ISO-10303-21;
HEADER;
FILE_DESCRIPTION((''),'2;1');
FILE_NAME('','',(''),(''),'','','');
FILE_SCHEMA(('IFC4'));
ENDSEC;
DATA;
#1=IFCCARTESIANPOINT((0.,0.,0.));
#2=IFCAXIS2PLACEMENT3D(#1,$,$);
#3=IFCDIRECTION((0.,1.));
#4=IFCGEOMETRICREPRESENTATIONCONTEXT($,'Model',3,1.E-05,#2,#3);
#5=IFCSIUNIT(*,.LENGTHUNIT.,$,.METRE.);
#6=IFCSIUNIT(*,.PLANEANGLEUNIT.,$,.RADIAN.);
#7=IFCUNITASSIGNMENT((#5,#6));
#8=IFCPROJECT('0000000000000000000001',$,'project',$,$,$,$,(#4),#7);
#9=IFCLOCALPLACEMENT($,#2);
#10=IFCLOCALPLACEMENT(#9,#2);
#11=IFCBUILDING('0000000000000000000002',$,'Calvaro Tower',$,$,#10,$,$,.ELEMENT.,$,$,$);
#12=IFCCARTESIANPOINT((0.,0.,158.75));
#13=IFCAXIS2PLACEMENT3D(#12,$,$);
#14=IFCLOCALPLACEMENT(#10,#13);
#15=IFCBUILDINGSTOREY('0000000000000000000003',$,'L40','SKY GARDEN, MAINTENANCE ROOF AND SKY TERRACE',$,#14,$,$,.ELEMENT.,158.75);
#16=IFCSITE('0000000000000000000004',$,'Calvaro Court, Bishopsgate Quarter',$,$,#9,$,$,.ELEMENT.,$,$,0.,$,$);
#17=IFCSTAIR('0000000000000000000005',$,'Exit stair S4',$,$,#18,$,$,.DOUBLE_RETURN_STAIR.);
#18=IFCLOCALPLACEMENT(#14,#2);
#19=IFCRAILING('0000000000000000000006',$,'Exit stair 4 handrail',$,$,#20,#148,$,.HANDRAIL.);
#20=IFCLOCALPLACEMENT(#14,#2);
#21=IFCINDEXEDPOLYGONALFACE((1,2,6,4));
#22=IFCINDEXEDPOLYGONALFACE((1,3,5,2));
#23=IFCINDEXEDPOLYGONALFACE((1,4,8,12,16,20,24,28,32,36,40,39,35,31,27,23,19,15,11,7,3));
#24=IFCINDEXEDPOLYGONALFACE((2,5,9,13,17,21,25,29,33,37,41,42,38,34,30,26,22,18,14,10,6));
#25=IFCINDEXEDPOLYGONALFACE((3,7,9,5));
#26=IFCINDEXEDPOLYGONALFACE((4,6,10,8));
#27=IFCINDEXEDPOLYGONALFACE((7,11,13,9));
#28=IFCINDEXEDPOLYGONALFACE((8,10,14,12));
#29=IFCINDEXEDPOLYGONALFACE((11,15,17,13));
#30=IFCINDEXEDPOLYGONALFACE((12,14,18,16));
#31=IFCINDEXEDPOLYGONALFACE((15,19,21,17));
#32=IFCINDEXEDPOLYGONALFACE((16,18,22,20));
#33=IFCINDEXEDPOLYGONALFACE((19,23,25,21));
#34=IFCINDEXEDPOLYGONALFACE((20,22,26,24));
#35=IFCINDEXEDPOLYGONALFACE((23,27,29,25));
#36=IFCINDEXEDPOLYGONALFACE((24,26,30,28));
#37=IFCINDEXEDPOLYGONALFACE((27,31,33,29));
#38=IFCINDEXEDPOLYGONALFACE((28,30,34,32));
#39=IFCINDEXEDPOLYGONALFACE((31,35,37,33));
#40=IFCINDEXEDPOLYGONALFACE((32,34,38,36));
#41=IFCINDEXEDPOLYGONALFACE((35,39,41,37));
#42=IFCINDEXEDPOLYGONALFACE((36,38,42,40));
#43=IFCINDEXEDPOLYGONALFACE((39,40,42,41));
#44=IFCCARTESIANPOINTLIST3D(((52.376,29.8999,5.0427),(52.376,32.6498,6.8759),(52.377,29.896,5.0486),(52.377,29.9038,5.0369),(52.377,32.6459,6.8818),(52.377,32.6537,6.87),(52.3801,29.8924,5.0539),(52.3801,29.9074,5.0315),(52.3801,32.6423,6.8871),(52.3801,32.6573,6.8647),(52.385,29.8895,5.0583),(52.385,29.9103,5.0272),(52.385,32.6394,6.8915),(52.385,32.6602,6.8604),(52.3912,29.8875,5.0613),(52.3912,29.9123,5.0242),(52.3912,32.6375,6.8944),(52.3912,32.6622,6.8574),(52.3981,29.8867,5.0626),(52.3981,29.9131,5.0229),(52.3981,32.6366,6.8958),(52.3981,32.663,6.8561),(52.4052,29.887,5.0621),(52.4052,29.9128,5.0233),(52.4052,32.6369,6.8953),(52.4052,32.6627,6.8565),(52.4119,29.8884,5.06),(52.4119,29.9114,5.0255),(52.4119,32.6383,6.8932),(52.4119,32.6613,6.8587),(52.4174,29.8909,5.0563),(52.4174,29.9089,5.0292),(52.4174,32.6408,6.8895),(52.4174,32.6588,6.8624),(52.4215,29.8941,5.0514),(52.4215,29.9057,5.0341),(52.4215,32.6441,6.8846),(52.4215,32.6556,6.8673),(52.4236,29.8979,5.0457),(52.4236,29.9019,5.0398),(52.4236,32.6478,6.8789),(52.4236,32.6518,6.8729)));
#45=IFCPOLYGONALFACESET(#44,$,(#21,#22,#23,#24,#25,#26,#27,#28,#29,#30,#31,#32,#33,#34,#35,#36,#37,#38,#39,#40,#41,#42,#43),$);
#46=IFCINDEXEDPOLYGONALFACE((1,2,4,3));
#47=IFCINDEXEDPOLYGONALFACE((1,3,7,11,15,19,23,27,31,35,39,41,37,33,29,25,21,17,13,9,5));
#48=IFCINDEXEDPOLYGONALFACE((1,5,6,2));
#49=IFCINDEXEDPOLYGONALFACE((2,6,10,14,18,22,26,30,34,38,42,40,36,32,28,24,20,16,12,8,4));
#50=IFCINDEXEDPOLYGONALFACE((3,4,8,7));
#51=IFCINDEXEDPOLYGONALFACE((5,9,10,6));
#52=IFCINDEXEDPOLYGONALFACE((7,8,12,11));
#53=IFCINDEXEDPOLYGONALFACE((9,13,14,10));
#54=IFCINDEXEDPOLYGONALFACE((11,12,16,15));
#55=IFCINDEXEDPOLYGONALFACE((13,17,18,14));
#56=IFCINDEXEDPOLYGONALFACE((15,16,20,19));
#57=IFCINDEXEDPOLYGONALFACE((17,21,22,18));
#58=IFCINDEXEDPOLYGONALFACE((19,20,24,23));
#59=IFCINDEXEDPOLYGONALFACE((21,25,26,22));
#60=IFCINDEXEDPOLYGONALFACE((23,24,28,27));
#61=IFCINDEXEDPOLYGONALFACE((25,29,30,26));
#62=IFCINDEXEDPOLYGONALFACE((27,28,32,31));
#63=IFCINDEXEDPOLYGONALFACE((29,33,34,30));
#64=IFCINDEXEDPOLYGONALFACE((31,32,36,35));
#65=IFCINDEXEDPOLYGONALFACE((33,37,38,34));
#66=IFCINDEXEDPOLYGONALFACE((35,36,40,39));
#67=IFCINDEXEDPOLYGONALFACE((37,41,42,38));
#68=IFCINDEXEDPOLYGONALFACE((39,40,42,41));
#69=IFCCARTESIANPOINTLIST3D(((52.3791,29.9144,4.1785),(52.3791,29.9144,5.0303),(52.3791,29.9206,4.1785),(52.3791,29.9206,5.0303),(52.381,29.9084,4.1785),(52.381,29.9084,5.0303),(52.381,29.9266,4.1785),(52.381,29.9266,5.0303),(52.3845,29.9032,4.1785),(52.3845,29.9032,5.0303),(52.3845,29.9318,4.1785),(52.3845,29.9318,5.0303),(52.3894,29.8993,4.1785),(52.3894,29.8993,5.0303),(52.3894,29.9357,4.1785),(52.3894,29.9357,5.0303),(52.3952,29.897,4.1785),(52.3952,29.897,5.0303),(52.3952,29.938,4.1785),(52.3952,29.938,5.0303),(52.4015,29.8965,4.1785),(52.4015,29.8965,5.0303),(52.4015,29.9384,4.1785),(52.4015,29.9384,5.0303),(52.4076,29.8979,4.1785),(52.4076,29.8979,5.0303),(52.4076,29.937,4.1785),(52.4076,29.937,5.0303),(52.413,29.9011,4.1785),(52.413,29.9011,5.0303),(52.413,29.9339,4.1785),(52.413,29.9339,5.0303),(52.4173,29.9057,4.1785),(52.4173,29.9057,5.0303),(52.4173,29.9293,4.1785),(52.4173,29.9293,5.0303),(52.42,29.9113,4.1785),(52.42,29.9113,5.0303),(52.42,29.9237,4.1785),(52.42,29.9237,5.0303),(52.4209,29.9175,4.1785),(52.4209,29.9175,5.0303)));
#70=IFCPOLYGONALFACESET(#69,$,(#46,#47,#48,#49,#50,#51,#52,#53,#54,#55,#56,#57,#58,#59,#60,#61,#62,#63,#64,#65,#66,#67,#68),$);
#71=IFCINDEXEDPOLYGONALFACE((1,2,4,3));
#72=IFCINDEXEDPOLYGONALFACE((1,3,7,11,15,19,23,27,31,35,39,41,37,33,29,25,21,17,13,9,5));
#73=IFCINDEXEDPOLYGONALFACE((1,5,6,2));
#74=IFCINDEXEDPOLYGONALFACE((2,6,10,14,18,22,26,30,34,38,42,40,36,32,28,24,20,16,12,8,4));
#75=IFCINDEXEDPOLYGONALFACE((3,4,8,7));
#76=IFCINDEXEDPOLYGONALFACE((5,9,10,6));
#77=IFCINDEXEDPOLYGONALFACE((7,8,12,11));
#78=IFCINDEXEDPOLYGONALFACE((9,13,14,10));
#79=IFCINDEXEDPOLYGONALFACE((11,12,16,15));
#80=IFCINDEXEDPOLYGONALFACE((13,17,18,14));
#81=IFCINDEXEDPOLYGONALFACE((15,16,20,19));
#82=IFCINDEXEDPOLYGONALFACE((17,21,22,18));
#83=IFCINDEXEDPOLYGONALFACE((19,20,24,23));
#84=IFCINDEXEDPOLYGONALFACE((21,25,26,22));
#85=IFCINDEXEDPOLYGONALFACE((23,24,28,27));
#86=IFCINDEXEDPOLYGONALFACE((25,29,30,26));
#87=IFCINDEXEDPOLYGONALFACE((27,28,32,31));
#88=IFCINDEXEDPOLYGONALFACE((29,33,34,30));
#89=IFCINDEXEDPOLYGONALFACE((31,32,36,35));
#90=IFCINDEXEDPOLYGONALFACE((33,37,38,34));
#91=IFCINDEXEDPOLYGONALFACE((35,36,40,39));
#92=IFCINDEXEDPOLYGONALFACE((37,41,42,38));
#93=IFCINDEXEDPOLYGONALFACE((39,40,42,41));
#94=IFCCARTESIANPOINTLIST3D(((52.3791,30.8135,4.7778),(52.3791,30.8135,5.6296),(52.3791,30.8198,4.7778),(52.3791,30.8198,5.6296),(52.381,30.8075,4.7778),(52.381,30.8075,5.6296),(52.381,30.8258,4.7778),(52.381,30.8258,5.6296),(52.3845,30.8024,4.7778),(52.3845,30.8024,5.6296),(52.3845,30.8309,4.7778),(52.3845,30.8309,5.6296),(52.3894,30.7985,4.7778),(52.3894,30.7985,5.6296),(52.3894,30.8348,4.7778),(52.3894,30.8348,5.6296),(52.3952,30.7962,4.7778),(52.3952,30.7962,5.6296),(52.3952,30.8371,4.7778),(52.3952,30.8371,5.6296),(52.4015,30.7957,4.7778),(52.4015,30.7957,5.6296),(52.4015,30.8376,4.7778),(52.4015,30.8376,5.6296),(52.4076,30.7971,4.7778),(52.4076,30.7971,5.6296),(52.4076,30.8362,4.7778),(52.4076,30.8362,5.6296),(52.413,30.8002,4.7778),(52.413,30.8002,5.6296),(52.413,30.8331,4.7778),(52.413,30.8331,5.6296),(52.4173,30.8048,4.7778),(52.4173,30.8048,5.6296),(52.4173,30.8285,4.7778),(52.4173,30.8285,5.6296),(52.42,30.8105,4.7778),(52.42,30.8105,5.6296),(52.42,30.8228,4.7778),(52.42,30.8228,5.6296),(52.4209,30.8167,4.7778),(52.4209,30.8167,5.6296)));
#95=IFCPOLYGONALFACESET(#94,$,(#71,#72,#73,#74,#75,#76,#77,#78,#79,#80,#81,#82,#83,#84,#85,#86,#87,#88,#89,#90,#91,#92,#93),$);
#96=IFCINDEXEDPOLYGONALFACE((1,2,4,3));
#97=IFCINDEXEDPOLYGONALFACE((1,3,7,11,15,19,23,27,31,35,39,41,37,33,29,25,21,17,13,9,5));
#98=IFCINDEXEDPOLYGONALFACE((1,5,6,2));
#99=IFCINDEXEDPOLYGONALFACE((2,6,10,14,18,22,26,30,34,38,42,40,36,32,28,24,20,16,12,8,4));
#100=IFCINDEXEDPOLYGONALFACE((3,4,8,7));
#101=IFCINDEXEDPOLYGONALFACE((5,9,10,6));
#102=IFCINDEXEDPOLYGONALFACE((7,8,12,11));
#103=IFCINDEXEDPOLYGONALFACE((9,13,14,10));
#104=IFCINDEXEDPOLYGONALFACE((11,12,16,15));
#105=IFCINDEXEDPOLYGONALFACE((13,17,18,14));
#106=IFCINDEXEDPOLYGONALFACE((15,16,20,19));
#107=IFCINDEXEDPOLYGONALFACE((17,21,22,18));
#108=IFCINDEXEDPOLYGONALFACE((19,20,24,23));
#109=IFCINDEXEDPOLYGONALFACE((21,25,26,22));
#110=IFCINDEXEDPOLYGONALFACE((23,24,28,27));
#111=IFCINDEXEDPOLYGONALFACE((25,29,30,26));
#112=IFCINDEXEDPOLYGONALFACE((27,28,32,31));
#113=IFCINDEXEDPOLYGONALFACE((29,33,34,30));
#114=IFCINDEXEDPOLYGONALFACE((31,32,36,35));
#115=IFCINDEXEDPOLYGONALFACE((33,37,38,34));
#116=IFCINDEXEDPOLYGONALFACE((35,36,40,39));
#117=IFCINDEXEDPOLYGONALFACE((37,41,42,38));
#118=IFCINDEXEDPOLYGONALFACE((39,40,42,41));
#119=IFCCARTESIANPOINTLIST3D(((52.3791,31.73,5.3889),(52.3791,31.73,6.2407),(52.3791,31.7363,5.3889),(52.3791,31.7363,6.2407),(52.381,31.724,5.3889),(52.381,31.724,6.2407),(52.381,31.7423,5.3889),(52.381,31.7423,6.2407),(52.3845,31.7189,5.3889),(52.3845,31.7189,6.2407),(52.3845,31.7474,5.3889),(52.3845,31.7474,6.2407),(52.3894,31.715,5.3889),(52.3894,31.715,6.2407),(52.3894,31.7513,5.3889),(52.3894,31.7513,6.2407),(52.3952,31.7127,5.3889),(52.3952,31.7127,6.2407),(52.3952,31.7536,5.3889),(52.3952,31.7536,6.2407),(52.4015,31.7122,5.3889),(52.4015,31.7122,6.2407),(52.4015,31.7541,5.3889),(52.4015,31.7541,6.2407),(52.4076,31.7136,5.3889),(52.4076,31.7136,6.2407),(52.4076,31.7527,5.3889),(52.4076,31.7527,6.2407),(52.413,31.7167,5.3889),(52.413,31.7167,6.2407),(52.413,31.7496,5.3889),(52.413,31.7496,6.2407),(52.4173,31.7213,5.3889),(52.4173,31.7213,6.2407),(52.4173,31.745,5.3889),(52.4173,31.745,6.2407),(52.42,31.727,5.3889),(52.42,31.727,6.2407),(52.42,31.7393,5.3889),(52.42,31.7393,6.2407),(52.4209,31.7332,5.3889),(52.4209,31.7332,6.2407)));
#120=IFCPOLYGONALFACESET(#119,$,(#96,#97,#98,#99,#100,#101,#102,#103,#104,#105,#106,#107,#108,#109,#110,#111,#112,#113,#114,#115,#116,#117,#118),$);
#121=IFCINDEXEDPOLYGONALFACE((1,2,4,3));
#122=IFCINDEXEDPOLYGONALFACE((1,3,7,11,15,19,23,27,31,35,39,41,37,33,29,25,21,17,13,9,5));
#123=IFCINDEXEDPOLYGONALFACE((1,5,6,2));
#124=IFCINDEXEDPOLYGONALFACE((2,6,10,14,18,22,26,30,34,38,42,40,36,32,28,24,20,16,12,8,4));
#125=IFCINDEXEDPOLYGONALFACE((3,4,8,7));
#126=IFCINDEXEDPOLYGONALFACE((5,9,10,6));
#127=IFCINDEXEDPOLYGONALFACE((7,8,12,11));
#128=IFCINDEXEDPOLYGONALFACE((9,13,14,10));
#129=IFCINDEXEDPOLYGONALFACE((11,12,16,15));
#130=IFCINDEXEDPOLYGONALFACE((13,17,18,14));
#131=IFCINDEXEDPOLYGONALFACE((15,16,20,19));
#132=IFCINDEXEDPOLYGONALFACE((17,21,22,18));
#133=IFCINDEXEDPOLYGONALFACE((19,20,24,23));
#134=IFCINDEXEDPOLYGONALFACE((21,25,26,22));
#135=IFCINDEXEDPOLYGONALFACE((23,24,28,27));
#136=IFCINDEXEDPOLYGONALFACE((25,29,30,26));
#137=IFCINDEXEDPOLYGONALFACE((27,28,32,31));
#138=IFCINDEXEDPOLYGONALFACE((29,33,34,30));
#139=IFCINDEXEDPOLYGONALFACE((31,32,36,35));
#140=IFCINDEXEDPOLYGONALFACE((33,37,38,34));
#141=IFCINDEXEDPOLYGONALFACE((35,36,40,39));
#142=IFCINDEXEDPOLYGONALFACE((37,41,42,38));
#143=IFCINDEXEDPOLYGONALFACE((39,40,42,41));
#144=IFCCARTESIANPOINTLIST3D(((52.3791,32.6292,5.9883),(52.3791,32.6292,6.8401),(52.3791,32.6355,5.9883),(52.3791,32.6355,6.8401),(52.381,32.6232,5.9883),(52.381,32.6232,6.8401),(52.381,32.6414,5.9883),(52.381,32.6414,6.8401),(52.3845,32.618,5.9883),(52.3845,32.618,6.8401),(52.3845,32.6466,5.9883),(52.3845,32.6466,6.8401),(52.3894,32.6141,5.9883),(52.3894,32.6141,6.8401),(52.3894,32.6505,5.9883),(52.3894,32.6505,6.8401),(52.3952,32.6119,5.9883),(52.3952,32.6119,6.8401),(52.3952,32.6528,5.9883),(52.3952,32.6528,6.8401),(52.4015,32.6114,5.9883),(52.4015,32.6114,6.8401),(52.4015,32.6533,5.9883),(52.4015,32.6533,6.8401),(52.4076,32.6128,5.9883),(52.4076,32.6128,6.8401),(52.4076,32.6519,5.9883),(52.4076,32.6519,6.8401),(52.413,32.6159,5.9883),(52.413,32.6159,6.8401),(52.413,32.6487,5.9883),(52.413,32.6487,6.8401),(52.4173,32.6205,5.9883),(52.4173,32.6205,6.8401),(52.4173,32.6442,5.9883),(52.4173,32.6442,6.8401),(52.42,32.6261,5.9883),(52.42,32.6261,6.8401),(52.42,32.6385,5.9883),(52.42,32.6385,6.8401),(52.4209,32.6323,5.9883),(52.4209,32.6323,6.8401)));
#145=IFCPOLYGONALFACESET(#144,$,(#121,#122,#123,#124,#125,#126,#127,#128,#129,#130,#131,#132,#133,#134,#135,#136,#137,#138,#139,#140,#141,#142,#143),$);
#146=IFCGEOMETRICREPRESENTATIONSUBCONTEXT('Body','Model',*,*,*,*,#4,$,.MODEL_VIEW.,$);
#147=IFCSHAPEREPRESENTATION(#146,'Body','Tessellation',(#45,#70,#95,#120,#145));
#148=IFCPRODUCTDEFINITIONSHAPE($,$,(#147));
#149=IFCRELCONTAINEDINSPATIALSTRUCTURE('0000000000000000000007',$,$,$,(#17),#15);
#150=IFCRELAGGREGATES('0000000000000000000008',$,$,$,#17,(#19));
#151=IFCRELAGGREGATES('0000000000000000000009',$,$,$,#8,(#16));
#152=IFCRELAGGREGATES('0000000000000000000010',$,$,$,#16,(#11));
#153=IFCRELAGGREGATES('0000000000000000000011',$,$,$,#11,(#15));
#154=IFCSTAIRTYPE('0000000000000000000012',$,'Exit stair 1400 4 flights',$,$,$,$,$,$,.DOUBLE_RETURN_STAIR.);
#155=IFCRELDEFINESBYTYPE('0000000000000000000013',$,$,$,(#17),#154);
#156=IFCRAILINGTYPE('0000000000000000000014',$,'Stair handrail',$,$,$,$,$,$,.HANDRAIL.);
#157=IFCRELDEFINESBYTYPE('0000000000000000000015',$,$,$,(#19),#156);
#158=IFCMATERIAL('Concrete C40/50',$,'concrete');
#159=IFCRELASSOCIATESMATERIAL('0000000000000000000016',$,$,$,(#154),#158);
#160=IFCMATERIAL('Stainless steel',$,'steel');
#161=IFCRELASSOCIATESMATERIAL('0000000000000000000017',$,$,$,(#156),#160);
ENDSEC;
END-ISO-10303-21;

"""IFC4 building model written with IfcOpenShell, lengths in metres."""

from ifc_helpers import new_model, si_unit, direction, frame, origin, origin_2d, place, context, subcontext, project, spatial, circle, extrude, material, type_object, element, aggregate, save


model = new_model("IFC4")

# Units and contexts
model_context = context("Model", 3, precision=1e-05, world=origin(), true_north=direction((0.0, 1.0)))
body_context = subcontext(model_context, "Body", "Model", "MODEL_VIEW")
ifc_project = project(units=[si_unit("LENGTHUNIT", "METRE"), si_unit("PLANEANGLEUNIT", "RADIAN")], contexts=[model_context])

# Site, building, storey
site_placement = place(None, origin())
site = spatial("IfcSite", under=ifc_project, at=site_placement, Name="Calvaro Court, Bishopsgate Quarter", CompositionType="ELEMENT", RefElevation=0.0)
building_placement = place(site_placement, origin())
building = spatial("IfcBuilding", under=site, at=building_placement, Name="Calvaro Tower", CompositionType="ELEMENT")
storey_placement = place(building_placement, frame((0.0, 0.0, 158.75)))
storey = spatial("IfcBuildingStorey", under=building, at=storey_placement, Name="L40", Description="SKY GARDEN, MAINTENANCE ROOF AND SKY TERRACE", CompositionType="ELEMENT", Elevation=158.75)

# Stair, railing
ifc_material_1 = material(Name="Concrete C40/50", Category="concrete")
stair_type = type_object("IfcStairType", Name="Exit stair 1400 4 flights", PredefinedType="DOUBLE_RETURN_STAIR", material=ifc_material_1)
stair_placement = place(storey_placement, origin())
stair = element("IfcStair", 1, at=stair_placement, inside=storey, type_object=stair_type, Name="Exit stair S4", PredefinedType="DOUBLE_RETURN_STAIR")
ifc_material_2 = material(Name="Stainless steel", Category="steel")
railing_type = type_object("IfcRailingType", Name="Stair handrail", PredefinedType="HANDRAIL", material=ifc_material_2)
railing_1_placement = place(storey_placement, frame((52.3999, 29.8999, 4.1667)))
railing_1 = element("IfcRailing", 2, at=railing_1_placement, type_object=railing_type, Name="Exit stair 4 handrail", PredefinedType="HANDRAIL", context=body_context, shape_type="SweptSolid", body=[
    extrude(circle(Radius=0.0239, at=origin_2d()), frame((0.0, 0.0, 0.876), z_axis=(0.0, 0.832062, 0.554683), x_axis=(-1.0, 0.0, 0.0)), (0.0, 0.0, 1.0), 3.3049),
    extrude(circle(Radius=0.021, at=origin_2d()), frame((0.0, 0.0176, 0.0117)), (0.0, 0.0, 1.0), 0.8518),
    extrude(circle(Radius=0.021, at=origin_2d()), frame((0.0, 0.9167, 0.6111)), (0.0, 0.0, 1.0), 0.8518),
    extrude(circle(Radius=0.021, at=origin_2d()), frame((0.0, 1.8333, 1.2222)), (0.0, 0.0, 1.0), 0.8518),
    extrude(circle(Radius=0.021, at=origin_2d()), frame((0.0, 2.7324, 1.8215)), (0.0, 0.0, 1.0), 0.8518),
])
aggregate(stair, [railing_1])

save(model, "model.ifc")
